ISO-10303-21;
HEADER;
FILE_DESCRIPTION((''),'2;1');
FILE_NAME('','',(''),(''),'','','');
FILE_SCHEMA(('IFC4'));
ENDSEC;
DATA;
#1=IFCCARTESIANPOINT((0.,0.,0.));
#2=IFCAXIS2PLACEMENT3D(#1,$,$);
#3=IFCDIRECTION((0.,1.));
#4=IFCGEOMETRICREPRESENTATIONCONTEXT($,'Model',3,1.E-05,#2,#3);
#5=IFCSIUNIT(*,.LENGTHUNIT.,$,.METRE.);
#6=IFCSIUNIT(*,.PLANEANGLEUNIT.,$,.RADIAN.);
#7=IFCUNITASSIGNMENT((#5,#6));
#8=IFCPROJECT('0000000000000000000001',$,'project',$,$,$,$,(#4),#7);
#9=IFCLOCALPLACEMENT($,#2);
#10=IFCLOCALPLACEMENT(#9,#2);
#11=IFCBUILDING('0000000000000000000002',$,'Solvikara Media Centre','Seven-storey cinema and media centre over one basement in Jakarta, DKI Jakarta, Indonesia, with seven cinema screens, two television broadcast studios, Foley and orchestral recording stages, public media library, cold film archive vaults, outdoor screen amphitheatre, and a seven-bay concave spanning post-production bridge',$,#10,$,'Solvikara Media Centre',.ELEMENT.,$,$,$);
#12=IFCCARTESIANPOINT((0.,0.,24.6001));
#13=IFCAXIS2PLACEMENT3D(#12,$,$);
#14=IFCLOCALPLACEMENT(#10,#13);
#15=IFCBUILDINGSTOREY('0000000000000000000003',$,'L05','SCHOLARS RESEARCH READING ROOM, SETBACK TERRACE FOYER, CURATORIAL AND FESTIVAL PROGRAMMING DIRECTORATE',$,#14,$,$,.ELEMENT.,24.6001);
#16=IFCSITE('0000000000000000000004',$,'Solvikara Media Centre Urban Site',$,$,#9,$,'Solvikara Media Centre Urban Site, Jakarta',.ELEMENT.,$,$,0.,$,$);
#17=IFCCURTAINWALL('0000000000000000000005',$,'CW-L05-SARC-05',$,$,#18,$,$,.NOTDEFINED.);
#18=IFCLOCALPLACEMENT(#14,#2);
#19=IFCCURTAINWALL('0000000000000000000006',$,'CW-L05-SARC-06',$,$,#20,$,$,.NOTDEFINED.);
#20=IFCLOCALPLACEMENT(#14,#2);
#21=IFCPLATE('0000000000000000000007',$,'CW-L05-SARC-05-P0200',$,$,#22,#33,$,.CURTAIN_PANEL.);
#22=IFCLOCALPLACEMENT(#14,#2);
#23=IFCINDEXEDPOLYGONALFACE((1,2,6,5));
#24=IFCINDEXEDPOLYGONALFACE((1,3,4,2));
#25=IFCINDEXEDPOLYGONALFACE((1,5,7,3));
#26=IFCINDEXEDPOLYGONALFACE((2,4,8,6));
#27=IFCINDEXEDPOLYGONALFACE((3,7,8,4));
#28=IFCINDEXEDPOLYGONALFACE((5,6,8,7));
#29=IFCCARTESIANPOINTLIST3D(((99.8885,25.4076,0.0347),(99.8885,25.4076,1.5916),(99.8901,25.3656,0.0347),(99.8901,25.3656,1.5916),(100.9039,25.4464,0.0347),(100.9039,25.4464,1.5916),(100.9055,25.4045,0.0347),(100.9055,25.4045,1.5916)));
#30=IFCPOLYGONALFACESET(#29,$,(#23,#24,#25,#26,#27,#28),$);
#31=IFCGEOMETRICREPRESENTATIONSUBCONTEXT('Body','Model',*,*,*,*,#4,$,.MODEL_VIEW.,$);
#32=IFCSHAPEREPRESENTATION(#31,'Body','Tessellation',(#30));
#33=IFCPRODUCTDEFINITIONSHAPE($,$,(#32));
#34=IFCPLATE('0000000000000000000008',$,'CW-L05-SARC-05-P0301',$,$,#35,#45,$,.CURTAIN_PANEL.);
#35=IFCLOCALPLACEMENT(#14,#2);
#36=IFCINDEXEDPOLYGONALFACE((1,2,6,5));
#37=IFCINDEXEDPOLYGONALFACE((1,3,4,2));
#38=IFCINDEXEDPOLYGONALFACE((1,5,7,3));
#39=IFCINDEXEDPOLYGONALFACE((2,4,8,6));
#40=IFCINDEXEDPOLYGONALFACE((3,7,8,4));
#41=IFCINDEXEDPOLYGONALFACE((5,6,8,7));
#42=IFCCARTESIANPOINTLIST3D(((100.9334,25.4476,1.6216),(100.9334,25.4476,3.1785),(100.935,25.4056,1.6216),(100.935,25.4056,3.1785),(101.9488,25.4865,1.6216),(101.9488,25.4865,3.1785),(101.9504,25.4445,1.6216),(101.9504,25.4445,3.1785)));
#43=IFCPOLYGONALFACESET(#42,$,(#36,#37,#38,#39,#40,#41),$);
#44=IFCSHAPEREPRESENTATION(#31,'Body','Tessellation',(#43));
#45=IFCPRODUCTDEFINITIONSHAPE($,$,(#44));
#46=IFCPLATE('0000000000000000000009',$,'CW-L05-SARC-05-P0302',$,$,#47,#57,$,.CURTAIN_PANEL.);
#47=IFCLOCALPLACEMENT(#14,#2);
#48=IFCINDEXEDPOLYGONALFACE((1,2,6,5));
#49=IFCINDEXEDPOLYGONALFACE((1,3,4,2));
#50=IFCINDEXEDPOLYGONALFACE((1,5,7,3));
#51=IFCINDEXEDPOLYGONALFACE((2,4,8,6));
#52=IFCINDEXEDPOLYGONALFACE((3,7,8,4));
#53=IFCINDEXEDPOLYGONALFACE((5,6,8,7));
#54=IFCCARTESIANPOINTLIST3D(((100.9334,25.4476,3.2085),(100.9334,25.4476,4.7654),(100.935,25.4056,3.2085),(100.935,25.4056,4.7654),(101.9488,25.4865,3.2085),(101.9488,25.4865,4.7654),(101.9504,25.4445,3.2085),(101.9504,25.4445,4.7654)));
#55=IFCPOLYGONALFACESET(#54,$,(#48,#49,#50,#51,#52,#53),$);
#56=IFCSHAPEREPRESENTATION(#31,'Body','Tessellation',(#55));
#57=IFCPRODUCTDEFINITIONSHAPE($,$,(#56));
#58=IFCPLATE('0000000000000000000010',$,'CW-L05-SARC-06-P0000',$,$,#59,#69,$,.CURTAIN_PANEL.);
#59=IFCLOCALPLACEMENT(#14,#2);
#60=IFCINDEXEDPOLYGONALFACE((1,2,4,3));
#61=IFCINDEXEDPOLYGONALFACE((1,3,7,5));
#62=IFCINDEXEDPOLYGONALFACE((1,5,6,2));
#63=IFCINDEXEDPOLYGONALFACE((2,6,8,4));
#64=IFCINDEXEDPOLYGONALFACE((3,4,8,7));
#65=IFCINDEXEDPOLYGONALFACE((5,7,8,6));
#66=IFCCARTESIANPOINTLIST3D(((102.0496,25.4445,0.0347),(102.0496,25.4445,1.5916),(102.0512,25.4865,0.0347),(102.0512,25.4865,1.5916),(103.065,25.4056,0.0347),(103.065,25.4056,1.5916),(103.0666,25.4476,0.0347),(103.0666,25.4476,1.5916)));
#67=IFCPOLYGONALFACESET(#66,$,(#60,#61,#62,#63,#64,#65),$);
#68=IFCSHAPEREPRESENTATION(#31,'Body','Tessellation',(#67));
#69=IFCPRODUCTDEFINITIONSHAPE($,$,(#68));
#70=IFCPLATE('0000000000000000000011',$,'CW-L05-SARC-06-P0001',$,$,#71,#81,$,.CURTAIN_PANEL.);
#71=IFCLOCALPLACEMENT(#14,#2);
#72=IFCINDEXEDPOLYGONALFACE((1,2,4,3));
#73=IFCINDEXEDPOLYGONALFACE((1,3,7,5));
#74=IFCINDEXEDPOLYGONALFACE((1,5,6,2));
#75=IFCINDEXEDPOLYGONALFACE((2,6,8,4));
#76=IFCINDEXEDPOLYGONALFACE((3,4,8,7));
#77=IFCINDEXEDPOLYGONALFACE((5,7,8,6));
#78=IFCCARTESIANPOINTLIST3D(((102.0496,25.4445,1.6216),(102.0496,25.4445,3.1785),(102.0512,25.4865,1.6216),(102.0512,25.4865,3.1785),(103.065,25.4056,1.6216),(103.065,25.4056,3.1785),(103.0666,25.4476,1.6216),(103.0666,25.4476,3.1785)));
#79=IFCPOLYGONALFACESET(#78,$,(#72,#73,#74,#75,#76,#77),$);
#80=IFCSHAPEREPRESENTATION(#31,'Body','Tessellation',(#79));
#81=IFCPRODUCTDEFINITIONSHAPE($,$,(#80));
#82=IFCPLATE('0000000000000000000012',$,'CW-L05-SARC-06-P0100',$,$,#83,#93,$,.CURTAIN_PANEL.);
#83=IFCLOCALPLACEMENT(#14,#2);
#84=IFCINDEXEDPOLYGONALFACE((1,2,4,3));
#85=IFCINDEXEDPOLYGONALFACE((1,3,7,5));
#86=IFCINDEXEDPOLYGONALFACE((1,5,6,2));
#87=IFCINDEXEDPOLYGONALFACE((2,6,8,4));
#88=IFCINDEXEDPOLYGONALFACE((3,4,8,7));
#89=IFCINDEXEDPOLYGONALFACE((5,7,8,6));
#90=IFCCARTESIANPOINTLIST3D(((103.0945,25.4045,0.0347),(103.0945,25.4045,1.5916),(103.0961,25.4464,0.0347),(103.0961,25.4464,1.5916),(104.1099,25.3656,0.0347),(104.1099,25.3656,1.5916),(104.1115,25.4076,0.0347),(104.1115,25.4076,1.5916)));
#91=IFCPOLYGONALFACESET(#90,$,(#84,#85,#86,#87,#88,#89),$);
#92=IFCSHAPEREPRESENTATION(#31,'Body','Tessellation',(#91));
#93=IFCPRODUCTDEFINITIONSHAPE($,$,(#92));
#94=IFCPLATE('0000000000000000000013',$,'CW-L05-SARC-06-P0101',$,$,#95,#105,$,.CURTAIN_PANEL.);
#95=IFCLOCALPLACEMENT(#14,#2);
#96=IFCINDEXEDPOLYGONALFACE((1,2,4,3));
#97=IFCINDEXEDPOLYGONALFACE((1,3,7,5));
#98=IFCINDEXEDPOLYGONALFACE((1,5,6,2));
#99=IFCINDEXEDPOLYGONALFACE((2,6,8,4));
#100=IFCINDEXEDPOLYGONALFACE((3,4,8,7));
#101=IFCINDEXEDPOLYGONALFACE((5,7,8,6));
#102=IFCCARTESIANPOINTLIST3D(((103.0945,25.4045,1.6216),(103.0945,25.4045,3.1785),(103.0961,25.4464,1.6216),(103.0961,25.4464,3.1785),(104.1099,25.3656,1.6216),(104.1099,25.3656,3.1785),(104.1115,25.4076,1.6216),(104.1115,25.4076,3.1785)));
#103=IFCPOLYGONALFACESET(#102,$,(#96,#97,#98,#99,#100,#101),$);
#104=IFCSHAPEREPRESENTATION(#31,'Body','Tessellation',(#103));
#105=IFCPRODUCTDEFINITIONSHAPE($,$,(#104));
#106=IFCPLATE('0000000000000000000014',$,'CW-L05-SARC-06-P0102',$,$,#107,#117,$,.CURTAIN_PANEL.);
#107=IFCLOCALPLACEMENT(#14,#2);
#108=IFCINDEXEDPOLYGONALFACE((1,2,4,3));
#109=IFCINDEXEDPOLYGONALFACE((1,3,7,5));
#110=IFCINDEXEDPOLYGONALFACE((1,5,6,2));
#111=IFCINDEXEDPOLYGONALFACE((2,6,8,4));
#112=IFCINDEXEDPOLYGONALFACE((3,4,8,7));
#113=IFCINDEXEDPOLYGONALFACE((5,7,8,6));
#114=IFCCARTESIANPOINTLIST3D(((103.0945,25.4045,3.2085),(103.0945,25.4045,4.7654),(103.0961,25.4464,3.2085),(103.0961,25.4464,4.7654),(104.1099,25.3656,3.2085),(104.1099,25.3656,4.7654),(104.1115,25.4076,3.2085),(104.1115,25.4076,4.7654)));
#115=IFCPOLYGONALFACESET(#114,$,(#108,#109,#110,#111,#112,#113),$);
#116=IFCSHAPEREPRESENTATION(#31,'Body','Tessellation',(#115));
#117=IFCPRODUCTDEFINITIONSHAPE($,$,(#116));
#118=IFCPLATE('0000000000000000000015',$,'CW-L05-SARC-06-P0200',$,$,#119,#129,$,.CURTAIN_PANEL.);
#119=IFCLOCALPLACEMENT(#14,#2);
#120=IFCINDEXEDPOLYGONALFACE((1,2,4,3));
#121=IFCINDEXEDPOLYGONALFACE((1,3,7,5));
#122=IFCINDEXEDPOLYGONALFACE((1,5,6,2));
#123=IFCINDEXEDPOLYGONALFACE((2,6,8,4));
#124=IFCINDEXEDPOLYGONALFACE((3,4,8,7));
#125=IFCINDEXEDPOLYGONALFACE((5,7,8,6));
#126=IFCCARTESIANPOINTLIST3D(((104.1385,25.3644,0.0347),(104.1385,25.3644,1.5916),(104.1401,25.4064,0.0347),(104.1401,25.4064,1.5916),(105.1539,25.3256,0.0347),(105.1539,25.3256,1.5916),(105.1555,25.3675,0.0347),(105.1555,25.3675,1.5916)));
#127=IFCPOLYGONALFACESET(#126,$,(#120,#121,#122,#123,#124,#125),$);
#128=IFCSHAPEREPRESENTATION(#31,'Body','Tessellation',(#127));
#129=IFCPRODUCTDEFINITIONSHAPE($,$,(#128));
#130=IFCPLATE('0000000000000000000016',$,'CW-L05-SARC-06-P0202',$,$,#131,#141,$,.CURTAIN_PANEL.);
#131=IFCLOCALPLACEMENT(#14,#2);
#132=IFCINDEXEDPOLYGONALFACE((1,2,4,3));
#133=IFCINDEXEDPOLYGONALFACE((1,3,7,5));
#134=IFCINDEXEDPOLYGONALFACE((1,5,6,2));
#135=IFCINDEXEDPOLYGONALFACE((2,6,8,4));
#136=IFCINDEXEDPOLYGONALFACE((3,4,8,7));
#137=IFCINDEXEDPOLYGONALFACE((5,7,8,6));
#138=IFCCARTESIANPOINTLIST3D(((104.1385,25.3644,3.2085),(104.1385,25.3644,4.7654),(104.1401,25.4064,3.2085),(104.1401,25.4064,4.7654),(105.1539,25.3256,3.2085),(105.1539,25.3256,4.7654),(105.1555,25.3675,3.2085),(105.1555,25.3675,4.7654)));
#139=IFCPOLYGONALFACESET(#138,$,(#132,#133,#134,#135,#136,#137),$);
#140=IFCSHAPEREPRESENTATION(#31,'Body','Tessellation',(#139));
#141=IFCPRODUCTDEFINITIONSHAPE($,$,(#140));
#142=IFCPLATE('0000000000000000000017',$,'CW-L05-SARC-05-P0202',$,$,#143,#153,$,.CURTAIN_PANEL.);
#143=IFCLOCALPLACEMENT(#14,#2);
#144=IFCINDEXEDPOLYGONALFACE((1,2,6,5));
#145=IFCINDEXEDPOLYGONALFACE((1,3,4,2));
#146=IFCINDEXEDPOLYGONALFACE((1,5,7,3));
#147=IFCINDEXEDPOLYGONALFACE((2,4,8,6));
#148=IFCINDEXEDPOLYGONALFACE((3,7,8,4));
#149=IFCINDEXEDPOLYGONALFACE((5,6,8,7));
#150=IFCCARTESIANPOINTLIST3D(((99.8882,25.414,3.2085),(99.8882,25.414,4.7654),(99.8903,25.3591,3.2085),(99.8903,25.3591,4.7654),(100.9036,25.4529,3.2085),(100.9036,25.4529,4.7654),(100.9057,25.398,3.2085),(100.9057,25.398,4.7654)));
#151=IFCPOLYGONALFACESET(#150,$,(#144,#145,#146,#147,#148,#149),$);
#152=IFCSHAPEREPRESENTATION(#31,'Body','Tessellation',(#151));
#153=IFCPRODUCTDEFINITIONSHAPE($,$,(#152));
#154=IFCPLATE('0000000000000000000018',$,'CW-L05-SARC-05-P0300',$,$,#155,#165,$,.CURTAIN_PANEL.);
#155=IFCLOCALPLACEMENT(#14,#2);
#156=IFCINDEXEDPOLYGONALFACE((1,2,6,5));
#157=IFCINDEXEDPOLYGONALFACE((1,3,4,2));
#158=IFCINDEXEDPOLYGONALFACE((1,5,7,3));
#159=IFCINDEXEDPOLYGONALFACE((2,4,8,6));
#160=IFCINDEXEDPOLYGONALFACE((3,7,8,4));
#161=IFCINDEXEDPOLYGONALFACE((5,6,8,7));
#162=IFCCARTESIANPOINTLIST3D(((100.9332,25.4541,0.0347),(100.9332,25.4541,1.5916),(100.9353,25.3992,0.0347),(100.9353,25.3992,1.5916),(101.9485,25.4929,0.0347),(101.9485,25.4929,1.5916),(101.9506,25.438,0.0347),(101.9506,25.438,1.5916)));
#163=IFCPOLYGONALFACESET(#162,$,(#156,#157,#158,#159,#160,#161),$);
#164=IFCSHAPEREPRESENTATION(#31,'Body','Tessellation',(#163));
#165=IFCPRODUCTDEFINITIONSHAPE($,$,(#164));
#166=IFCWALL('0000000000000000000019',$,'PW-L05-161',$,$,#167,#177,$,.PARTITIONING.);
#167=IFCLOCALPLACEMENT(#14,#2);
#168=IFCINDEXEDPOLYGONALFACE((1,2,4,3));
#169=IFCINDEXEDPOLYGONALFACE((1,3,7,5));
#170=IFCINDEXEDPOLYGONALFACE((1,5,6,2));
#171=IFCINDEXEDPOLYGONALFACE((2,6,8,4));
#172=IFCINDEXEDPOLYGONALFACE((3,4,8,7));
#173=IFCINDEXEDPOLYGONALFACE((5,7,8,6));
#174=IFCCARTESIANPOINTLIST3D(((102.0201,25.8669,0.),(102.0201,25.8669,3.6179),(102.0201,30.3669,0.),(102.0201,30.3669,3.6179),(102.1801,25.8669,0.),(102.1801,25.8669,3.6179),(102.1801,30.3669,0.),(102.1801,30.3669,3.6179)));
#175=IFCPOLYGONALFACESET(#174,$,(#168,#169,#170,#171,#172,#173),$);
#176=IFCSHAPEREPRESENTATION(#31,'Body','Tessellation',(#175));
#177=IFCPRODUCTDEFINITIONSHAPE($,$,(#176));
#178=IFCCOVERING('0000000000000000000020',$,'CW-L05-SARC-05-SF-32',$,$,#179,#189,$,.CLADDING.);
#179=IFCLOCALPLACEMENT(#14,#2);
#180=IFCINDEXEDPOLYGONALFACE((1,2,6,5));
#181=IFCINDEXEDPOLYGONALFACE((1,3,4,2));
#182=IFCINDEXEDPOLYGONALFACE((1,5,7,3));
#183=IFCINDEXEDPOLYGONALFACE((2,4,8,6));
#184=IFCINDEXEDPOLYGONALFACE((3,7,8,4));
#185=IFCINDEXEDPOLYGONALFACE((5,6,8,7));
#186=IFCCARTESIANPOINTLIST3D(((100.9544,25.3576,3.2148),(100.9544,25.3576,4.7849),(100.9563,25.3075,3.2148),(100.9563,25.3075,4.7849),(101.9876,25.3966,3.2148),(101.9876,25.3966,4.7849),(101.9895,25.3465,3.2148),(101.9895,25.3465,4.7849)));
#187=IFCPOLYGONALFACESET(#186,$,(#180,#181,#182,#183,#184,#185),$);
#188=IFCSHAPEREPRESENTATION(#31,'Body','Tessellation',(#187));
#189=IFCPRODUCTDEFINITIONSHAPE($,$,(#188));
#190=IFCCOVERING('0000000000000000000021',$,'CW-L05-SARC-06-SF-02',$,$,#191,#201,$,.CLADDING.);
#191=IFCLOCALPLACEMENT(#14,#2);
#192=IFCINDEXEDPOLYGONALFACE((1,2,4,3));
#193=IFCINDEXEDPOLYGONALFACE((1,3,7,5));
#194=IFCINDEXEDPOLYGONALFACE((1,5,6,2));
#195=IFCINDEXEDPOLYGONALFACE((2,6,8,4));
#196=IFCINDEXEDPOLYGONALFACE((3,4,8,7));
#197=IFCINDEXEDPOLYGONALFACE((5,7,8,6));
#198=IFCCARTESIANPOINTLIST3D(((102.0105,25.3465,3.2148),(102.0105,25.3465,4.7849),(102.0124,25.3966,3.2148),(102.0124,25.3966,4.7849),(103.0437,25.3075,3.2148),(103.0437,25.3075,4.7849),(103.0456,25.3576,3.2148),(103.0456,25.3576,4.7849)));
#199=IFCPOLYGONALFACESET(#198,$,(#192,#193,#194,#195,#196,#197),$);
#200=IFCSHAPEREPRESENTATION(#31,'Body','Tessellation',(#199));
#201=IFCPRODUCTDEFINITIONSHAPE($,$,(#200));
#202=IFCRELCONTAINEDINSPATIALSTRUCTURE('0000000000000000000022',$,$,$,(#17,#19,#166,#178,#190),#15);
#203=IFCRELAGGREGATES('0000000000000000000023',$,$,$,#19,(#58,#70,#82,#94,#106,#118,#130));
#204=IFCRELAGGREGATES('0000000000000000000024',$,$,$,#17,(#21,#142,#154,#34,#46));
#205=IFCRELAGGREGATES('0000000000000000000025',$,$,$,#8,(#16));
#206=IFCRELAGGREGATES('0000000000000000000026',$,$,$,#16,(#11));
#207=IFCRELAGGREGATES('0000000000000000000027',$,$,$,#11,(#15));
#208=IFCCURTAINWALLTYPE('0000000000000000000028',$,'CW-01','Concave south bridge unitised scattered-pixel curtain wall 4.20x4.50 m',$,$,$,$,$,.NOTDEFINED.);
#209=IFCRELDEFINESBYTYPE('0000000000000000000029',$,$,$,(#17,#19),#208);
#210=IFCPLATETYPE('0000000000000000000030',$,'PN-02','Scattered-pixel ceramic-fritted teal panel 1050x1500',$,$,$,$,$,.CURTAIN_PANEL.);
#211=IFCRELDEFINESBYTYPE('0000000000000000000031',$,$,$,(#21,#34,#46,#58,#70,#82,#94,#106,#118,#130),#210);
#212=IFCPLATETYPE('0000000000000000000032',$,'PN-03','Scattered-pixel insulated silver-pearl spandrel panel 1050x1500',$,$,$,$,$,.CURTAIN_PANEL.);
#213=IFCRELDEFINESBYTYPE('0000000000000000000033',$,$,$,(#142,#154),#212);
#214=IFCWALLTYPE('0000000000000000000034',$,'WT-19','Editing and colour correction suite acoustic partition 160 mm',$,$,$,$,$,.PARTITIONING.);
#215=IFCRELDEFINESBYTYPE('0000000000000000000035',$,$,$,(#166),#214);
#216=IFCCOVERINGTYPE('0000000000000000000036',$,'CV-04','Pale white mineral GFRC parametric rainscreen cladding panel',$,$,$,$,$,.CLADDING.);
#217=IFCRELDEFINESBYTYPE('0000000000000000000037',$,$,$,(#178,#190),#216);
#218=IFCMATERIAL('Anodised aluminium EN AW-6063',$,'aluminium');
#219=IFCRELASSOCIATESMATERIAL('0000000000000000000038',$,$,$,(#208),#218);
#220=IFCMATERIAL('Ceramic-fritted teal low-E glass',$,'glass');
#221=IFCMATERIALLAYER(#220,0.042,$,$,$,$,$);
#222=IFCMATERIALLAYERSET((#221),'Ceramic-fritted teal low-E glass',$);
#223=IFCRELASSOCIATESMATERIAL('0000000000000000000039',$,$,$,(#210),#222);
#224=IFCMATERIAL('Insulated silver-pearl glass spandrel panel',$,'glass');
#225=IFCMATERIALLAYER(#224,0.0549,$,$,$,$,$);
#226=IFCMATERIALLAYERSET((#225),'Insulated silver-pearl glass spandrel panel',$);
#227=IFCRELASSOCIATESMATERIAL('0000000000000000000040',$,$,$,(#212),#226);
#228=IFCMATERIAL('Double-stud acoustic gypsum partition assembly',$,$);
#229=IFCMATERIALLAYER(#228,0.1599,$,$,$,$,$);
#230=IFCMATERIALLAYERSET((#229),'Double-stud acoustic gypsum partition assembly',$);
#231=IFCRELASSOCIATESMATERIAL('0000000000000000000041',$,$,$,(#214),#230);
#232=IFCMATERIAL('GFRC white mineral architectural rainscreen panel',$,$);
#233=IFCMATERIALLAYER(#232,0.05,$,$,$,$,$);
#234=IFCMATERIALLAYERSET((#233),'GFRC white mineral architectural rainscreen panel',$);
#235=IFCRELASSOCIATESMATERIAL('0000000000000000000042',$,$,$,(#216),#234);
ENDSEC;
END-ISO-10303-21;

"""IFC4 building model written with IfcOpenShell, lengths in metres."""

from ifc_helpers import new_model, si_unit, direction, frame, frame_2d, origin, origin_2d, place, context, subcontext, project, spatial, rectangle, extrude, material, layer, layer_set, type_object, element, aggregate, save


model = new_model("IFC4")

# Units and contexts
model_context = context("Model", 3, precision=1e-05, world=origin(), true_north=direction((0.0, 1.0)))
body_context = subcontext(model_context, "Body", "Model", "MODEL_VIEW")
ifc_project = project(units=[si_unit("LENGTHUNIT", "METRE"), si_unit("PLANEANGLEUNIT", "RADIAN")], contexts=[model_context])

# Site, building, storey
site_placement = place(None, origin())
site = spatial("IfcSite", under=ifc_project, at=site_placement, Name="Solvikara Media Centre Urban Site", LongName="Solvikara Media Centre Urban Site, Jakarta", CompositionType="ELEMENT", RefElevation=0.0)
building_placement = place(site_placement, origin())
building = spatial("IfcBuilding", under=site, at=building_placement, Name="Solvikara Media Centre", Description="Seven-storey cinema and media centre over one basement in Jakarta, DKI Jakarta, Indonesia, with seven cinema screens, two television broadcast studios, Foley and orchestral recording stages, public media library, cold film archive vaults, outdoor screen amphitheatre, and a seven-bay concave spanning post-production bridge", LongName="Solvikara Media Centre", CompositionType="ELEMENT")
storey_placement = place(building_placement, frame((0.0, 0.0, 24.6001)))
storey = spatial("IfcBuildingStorey", under=building, at=storey_placement, Name="L05", Description="SCHOLARS RESEARCH READING ROOM, SETBACK TERRACE FOYER, CURATORIAL AND FESTIVAL PROGRAMMING DIRECTORATE", CompositionType="ELEMENT", Elevation=24.6001)

# Curtain walls
ifc_material_1 = material(Name="Anodised aluminium EN AW-6063", Category="aluminium")
curtain_wall_type = type_object("IfcCurtainWallType", Name="CW-01", Description="Concave south bridge unitised scattered-pixel curtain wall 4.20x4.50 m", PredefinedType="NOTDEFINED", material=ifc_material_1)
curtain_wall_1_placement = place(storey_placement, origin())
curtain_wall_1 = element("IfcCurtainWall", 1, at=curtain_wall_1_placement, inside=storey, type_object=curtain_wall_type, Name="CW-L05-SARC-05", PredefinedType="NOTDEFINED")
curtain_wall_2_placement = place(storey_placement, origin())
curtain_wall_2 = element("IfcCurtainWall", 2, at=curtain_wall_2_placement, inside=storey, type_object=curtain_wall_type, Name="CW-L05-SARC-06", PredefinedType="NOTDEFINED")

# Plates
ifc_material_2 = material(Name="Ceramic-fritted teal low-E glass", Category="glass")
ifc_layer_1 = layer(ifc_material_2, 0.042)
ifc_layer_set_1 = layer_set([ifc_layer_1], Name="Ceramic-fritted teal low-E glass")
plate_type_1 = type_object("IfcPlateType", Name="PN-02", Description="Scattered-pixel ceramic-fritted teal panel 1050x1500", PredefinedType="CURTAIN_PANEL", material=ifc_layer_set_1)
plate_1_placement = place(storey_placement, frame((100.397, 25.406, 0.0347), z_axis=(0.0, 0.0, 1.0), x_axis=(0.999268, 0.038248, 0.0)))
plate_1 = element("IfcPlate", 3, at=plate_1_placement, type_object=plate_type_1, Name="CW-L05-SARC-05-P0200", PredefinedType="CURTAIN_PANEL", context=body_context, shape_type="SweptSolid", body=[
    extrude(rectangle(XDim=1.0161, YDim=0.042, at=origin_2d()), origin(), (0.0, 0.0, 1.0), 1.5569),
])
plate_2_placement = place(storey_placement, frame((101.4419, 25.446, 1.6216), z_axis=(0.0, 0.0, 1.0), x_axis=(0.999268, 0.038248, 0.0)))
plate_2 = element("IfcPlate", 4, at=plate_2_placement, type_object=plate_type_1, Name="CW-L05-SARC-05-P0301", PredefinedType="CURTAIN_PANEL", context=body_context, shape_type="SweptSolid", body=[
    extrude(rectangle(XDim=1.0161, YDim=0.042, at=origin_2d()), origin(), (0.0, 0.0, 1.0), 1.5569),
])
plate_3_placement = place(storey_placement, frame((101.4419, 25.446, 3.2085), z_axis=(0.0, 0.0, 1.0), x_axis=(0.999268, 0.038248, 0.0)))
plate_3 = element("IfcPlate", 5, at=plate_3_placement, type_object=plate_type_1, Name="CW-L05-SARC-05-P0302", PredefinedType="CURTAIN_PANEL", context=body_context, shape_type="SweptSolid", body=[
    extrude(rectangle(XDim=1.0161, YDim=0.042, at=origin_2d()), origin(), (0.0, 0.0, 1.0), 1.5569),
])
plate_4_placement = place(storey_placement, frame((102.5581, 25.446, 0.0347), z_axis=(0.0, 0.0, 1.0), x_axis=(0.999268, -0.038248, 0.0)))
plate_4 = element("IfcPlate", 6, at=plate_4_placement, type_object=plate_type_1, Name="CW-L05-SARC-06-P0000", PredefinedType="CURTAIN_PANEL", context=body_context, shape_type="SweptSolid", body=[
    extrude(rectangle(XDim=1.0161, YDim=0.042, at=origin_2d()), origin(), (0.0, 0.0, 1.0), 1.5569),
])
plate_5_placement = place(storey_placement, frame((102.5581, 25.446, 1.6216), z_axis=(0.0, 0.0, 1.0), x_axis=(0.999268, -0.038248, 0.0)))
plate_5 = element("IfcPlate", 7, at=plate_5_placement, type_object=plate_type_1, Name="CW-L05-SARC-06-P0001", PredefinedType="CURTAIN_PANEL", context=body_context, shape_type="SweptSolid", body=[
    extrude(rectangle(XDim=1.0161, YDim=0.042, at=origin_2d()), origin(), (0.0, 0.0, 1.0), 1.5569),
])
plate_6_placement = place(storey_placement, frame((103.603, 25.406, 0.0347), z_axis=(0.0, 0.0, 1.0), x_axis=(0.999268, -0.038248, 0.0)))
plate_6 = element("IfcPlate", 8, at=plate_6_placement, type_object=plate_type_1, Name="CW-L05-SARC-06-P0100", PredefinedType="CURTAIN_PANEL", context=body_context, shape_type="SweptSolid", body=[
    extrude(rectangle(XDim=1.0161, YDim=0.042, at=origin_2d()), origin(), (0.0, 0.0, 1.0), 1.5569),
])
plate_7_placement = place(storey_placement, frame((103.603, 25.406, 1.6216), z_axis=(0.0, 0.0, 1.0), x_axis=(0.999268, -0.038248, 0.0)))
plate_7 = element("IfcPlate", 9, at=plate_7_placement, type_object=plate_type_1, Name="CW-L05-SARC-06-P0101", PredefinedType="CURTAIN_PANEL", context=body_context, shape_type="SweptSolid", body=[
    extrude(rectangle(XDim=1.0161, YDim=0.042, at=origin_2d()), origin(), (0.0, 0.0, 1.0), 1.5569),
])
plate_8_placement = place(storey_placement, frame((103.603, 25.406, 3.2085), z_axis=(0.0, 0.0, 1.0), x_axis=(0.999268, -0.038248, 0.0)))
plate_8 = element("IfcPlate", 10, at=plate_8_placement, type_object=plate_type_1, Name="CW-L05-SARC-06-P0102", PredefinedType="CURTAIN_PANEL", context=body_context, shape_type="SweptSolid", body=[
    extrude(rectangle(XDim=1.0161, YDim=0.042, at=origin_2d()), origin(), (0.0, 0.0, 1.0), 1.5569),
])
plate_9_placement = place(storey_placement, frame((104.647, 25.366, 0.0347), z_axis=(0.0, 0.0, 1.0), x_axis=(0.999268, -0.038248, 0.0)))
plate_9 = element("IfcPlate", 11, at=plate_9_placement, type_object=plate_type_1, Name="CW-L05-SARC-06-P0200", PredefinedType="CURTAIN_PANEL", context=body_context, shape_type="SweptSolid", body=[
    extrude(rectangle(XDim=1.0161, YDim=0.042, at=origin_2d()), origin(), (0.0, 0.0, 1.0), 1.5569),
])
plate_10_placement = place(storey_placement, frame((104.647, 25.366, 3.2085), z_axis=(0.0, 0.0, 1.0), x_axis=(0.999268, -0.038248, 0.0)))
plate_10 = element("IfcPlate", 12, at=plate_10_placement, type_object=plate_type_1, Name="CW-L05-SARC-06-P0202", PredefinedType="CURTAIN_PANEL", context=body_context, shape_type="SweptSolid", body=[
    extrude(rectangle(XDim=1.0161, YDim=0.042, at=origin_2d()), origin(), (0.0, 0.0, 1.0), 1.5569),
])
aggregate(curtain_wall_2, [plate_4, plate_5, plate_6, plate_7, plate_8, plate_9, plate_10])
ifc_material_3 = material(Name="Insulated silver-pearl glass spandrel panel", Category="glass")
ifc_layer_2 = layer(ifc_material_3, 0.0549)
ifc_layer_set_2 = layer_set([ifc_layer_2], Name="Insulated silver-pearl glass spandrel panel")
plate_type_2 = type_object("IfcPlateType", Name="PN-03", Description="Scattered-pixel insulated silver-pearl spandrel panel 1050x1500", PredefinedType="CURTAIN_PANEL", material=ifc_layer_set_2)
plate_11_placement = place(storey_placement, frame((100.397, 25.406, 3.2085), z_axis=(0.0, 0.0, 1.0), x_axis=(0.999268, 0.038248, 0.0)))
plate_11 = element("IfcPlate", 13, at=plate_11_placement, type_object=plate_type_2, Name="CW-L05-SARC-05-P0202", PredefinedType="CURTAIN_PANEL", context=body_context, shape_type="SweptSolid", body=[
    extrude(rectangle(XDim=1.0161, YDim=0.0549, at=origin_2d()), origin(), (0.0, 0.0, 1.0), 1.5569),
])
plate_12_placement = place(storey_placement, frame((101.4419, 25.446, 0.0347), z_axis=(0.0, 0.0, 1.0), x_axis=(0.999268, 0.038248, 0.0)))
plate_12 = element("IfcPlate", 14, at=plate_12_placement, type_object=plate_type_2, Name="CW-L05-SARC-05-P0300", PredefinedType="CURTAIN_PANEL", context=body_context, shape_type="SweptSolid", body=[
    extrude(rectangle(XDim=1.0161, YDim=0.0549, at=origin_2d()), origin(), (0.0, 0.0, 1.0), 1.5569),
])
aggregate(curtain_wall_1, [plate_1, plate_11, plate_12, plate_2, plate_3])

# Wall
ifc_material_4 = material(Name="Double-stud acoustic gypsum partition assembly")
ifc_layer_3 = layer(ifc_material_4, 0.1599)
ifc_layer_set_3 = layer_set([ifc_layer_3], Name="Double-stud acoustic gypsum partition assembly")
wall_type = type_object("IfcWallType", Name="WT-19", Description="Editing and colour correction suite acoustic partition 160 mm", PredefinedType="PARTITIONING", material=ifc_layer_set_3)
wall_placement = place(storey_placement, frame((102.1001, 25.8669, 0.0), z_axis=(0.0, 0.0, 1.0), x_axis=(0.0, 1.0, 0.0)))
element("IfcWall", 15, at=wall_placement, inside=storey, type_object=wall_type, Name="PW-L05-161", PredefinedType="PARTITIONING", context=body_context, shape_type="SweptSolid", body=[
    extrude(rectangle(XDim=4.5, YDim=0.1599, at=frame_2d((2.25, 0.0))), origin(), (0.0, 0.0, 1.0), 3.6179),
])

# Coverings
ifc_material_5 = material(Name="GFRC white mineral architectural rainscreen panel")
ifc_layer_4 = layer(ifc_material_5, 0.05)
ifc_layer_set_4 = layer_set([ifc_layer_4], Name="GFRC white mineral architectural rainscreen panel")
covering_type_1 = type_object("IfcCoveringType", Name="CV-04", Description="Pale white mineral GFRC parametric rainscreen cladding panel", PredefinedType="CLADDING", material=ifc_layer_set_4)
for number, where, z_axis, x_axis, name in (
    (16, (101.4719, 25.3521, 3.2148), (0.0, 0.0, 1.0), (0.999288, 0.037725, 0.0), "CW-L05-SARC-05-SF-32"),
    (17, (102.5281, 25.3521, 3.2148), (0.0, 0.0, 1.0), (0.999288, -0.037725, 0.0), "CW-L05-SARC-06-SF-02"),
):
    element("IfcCovering", number, at=place(storey_placement, frame(where, z_axis=z_axis, x_axis=x_axis)), inside=storey, type_object=covering_type_1, Name=name, PredefinedType="CLADDING", context=body_context, shape_type="SweptSolid", body=[
        extrude(rectangle(XDim=1.0339, YDim=0.05, at=origin_2d()), origin(), (0.0, 0.0, 1.0), 1.5701),
    ])

save(model, "model.ifc")
